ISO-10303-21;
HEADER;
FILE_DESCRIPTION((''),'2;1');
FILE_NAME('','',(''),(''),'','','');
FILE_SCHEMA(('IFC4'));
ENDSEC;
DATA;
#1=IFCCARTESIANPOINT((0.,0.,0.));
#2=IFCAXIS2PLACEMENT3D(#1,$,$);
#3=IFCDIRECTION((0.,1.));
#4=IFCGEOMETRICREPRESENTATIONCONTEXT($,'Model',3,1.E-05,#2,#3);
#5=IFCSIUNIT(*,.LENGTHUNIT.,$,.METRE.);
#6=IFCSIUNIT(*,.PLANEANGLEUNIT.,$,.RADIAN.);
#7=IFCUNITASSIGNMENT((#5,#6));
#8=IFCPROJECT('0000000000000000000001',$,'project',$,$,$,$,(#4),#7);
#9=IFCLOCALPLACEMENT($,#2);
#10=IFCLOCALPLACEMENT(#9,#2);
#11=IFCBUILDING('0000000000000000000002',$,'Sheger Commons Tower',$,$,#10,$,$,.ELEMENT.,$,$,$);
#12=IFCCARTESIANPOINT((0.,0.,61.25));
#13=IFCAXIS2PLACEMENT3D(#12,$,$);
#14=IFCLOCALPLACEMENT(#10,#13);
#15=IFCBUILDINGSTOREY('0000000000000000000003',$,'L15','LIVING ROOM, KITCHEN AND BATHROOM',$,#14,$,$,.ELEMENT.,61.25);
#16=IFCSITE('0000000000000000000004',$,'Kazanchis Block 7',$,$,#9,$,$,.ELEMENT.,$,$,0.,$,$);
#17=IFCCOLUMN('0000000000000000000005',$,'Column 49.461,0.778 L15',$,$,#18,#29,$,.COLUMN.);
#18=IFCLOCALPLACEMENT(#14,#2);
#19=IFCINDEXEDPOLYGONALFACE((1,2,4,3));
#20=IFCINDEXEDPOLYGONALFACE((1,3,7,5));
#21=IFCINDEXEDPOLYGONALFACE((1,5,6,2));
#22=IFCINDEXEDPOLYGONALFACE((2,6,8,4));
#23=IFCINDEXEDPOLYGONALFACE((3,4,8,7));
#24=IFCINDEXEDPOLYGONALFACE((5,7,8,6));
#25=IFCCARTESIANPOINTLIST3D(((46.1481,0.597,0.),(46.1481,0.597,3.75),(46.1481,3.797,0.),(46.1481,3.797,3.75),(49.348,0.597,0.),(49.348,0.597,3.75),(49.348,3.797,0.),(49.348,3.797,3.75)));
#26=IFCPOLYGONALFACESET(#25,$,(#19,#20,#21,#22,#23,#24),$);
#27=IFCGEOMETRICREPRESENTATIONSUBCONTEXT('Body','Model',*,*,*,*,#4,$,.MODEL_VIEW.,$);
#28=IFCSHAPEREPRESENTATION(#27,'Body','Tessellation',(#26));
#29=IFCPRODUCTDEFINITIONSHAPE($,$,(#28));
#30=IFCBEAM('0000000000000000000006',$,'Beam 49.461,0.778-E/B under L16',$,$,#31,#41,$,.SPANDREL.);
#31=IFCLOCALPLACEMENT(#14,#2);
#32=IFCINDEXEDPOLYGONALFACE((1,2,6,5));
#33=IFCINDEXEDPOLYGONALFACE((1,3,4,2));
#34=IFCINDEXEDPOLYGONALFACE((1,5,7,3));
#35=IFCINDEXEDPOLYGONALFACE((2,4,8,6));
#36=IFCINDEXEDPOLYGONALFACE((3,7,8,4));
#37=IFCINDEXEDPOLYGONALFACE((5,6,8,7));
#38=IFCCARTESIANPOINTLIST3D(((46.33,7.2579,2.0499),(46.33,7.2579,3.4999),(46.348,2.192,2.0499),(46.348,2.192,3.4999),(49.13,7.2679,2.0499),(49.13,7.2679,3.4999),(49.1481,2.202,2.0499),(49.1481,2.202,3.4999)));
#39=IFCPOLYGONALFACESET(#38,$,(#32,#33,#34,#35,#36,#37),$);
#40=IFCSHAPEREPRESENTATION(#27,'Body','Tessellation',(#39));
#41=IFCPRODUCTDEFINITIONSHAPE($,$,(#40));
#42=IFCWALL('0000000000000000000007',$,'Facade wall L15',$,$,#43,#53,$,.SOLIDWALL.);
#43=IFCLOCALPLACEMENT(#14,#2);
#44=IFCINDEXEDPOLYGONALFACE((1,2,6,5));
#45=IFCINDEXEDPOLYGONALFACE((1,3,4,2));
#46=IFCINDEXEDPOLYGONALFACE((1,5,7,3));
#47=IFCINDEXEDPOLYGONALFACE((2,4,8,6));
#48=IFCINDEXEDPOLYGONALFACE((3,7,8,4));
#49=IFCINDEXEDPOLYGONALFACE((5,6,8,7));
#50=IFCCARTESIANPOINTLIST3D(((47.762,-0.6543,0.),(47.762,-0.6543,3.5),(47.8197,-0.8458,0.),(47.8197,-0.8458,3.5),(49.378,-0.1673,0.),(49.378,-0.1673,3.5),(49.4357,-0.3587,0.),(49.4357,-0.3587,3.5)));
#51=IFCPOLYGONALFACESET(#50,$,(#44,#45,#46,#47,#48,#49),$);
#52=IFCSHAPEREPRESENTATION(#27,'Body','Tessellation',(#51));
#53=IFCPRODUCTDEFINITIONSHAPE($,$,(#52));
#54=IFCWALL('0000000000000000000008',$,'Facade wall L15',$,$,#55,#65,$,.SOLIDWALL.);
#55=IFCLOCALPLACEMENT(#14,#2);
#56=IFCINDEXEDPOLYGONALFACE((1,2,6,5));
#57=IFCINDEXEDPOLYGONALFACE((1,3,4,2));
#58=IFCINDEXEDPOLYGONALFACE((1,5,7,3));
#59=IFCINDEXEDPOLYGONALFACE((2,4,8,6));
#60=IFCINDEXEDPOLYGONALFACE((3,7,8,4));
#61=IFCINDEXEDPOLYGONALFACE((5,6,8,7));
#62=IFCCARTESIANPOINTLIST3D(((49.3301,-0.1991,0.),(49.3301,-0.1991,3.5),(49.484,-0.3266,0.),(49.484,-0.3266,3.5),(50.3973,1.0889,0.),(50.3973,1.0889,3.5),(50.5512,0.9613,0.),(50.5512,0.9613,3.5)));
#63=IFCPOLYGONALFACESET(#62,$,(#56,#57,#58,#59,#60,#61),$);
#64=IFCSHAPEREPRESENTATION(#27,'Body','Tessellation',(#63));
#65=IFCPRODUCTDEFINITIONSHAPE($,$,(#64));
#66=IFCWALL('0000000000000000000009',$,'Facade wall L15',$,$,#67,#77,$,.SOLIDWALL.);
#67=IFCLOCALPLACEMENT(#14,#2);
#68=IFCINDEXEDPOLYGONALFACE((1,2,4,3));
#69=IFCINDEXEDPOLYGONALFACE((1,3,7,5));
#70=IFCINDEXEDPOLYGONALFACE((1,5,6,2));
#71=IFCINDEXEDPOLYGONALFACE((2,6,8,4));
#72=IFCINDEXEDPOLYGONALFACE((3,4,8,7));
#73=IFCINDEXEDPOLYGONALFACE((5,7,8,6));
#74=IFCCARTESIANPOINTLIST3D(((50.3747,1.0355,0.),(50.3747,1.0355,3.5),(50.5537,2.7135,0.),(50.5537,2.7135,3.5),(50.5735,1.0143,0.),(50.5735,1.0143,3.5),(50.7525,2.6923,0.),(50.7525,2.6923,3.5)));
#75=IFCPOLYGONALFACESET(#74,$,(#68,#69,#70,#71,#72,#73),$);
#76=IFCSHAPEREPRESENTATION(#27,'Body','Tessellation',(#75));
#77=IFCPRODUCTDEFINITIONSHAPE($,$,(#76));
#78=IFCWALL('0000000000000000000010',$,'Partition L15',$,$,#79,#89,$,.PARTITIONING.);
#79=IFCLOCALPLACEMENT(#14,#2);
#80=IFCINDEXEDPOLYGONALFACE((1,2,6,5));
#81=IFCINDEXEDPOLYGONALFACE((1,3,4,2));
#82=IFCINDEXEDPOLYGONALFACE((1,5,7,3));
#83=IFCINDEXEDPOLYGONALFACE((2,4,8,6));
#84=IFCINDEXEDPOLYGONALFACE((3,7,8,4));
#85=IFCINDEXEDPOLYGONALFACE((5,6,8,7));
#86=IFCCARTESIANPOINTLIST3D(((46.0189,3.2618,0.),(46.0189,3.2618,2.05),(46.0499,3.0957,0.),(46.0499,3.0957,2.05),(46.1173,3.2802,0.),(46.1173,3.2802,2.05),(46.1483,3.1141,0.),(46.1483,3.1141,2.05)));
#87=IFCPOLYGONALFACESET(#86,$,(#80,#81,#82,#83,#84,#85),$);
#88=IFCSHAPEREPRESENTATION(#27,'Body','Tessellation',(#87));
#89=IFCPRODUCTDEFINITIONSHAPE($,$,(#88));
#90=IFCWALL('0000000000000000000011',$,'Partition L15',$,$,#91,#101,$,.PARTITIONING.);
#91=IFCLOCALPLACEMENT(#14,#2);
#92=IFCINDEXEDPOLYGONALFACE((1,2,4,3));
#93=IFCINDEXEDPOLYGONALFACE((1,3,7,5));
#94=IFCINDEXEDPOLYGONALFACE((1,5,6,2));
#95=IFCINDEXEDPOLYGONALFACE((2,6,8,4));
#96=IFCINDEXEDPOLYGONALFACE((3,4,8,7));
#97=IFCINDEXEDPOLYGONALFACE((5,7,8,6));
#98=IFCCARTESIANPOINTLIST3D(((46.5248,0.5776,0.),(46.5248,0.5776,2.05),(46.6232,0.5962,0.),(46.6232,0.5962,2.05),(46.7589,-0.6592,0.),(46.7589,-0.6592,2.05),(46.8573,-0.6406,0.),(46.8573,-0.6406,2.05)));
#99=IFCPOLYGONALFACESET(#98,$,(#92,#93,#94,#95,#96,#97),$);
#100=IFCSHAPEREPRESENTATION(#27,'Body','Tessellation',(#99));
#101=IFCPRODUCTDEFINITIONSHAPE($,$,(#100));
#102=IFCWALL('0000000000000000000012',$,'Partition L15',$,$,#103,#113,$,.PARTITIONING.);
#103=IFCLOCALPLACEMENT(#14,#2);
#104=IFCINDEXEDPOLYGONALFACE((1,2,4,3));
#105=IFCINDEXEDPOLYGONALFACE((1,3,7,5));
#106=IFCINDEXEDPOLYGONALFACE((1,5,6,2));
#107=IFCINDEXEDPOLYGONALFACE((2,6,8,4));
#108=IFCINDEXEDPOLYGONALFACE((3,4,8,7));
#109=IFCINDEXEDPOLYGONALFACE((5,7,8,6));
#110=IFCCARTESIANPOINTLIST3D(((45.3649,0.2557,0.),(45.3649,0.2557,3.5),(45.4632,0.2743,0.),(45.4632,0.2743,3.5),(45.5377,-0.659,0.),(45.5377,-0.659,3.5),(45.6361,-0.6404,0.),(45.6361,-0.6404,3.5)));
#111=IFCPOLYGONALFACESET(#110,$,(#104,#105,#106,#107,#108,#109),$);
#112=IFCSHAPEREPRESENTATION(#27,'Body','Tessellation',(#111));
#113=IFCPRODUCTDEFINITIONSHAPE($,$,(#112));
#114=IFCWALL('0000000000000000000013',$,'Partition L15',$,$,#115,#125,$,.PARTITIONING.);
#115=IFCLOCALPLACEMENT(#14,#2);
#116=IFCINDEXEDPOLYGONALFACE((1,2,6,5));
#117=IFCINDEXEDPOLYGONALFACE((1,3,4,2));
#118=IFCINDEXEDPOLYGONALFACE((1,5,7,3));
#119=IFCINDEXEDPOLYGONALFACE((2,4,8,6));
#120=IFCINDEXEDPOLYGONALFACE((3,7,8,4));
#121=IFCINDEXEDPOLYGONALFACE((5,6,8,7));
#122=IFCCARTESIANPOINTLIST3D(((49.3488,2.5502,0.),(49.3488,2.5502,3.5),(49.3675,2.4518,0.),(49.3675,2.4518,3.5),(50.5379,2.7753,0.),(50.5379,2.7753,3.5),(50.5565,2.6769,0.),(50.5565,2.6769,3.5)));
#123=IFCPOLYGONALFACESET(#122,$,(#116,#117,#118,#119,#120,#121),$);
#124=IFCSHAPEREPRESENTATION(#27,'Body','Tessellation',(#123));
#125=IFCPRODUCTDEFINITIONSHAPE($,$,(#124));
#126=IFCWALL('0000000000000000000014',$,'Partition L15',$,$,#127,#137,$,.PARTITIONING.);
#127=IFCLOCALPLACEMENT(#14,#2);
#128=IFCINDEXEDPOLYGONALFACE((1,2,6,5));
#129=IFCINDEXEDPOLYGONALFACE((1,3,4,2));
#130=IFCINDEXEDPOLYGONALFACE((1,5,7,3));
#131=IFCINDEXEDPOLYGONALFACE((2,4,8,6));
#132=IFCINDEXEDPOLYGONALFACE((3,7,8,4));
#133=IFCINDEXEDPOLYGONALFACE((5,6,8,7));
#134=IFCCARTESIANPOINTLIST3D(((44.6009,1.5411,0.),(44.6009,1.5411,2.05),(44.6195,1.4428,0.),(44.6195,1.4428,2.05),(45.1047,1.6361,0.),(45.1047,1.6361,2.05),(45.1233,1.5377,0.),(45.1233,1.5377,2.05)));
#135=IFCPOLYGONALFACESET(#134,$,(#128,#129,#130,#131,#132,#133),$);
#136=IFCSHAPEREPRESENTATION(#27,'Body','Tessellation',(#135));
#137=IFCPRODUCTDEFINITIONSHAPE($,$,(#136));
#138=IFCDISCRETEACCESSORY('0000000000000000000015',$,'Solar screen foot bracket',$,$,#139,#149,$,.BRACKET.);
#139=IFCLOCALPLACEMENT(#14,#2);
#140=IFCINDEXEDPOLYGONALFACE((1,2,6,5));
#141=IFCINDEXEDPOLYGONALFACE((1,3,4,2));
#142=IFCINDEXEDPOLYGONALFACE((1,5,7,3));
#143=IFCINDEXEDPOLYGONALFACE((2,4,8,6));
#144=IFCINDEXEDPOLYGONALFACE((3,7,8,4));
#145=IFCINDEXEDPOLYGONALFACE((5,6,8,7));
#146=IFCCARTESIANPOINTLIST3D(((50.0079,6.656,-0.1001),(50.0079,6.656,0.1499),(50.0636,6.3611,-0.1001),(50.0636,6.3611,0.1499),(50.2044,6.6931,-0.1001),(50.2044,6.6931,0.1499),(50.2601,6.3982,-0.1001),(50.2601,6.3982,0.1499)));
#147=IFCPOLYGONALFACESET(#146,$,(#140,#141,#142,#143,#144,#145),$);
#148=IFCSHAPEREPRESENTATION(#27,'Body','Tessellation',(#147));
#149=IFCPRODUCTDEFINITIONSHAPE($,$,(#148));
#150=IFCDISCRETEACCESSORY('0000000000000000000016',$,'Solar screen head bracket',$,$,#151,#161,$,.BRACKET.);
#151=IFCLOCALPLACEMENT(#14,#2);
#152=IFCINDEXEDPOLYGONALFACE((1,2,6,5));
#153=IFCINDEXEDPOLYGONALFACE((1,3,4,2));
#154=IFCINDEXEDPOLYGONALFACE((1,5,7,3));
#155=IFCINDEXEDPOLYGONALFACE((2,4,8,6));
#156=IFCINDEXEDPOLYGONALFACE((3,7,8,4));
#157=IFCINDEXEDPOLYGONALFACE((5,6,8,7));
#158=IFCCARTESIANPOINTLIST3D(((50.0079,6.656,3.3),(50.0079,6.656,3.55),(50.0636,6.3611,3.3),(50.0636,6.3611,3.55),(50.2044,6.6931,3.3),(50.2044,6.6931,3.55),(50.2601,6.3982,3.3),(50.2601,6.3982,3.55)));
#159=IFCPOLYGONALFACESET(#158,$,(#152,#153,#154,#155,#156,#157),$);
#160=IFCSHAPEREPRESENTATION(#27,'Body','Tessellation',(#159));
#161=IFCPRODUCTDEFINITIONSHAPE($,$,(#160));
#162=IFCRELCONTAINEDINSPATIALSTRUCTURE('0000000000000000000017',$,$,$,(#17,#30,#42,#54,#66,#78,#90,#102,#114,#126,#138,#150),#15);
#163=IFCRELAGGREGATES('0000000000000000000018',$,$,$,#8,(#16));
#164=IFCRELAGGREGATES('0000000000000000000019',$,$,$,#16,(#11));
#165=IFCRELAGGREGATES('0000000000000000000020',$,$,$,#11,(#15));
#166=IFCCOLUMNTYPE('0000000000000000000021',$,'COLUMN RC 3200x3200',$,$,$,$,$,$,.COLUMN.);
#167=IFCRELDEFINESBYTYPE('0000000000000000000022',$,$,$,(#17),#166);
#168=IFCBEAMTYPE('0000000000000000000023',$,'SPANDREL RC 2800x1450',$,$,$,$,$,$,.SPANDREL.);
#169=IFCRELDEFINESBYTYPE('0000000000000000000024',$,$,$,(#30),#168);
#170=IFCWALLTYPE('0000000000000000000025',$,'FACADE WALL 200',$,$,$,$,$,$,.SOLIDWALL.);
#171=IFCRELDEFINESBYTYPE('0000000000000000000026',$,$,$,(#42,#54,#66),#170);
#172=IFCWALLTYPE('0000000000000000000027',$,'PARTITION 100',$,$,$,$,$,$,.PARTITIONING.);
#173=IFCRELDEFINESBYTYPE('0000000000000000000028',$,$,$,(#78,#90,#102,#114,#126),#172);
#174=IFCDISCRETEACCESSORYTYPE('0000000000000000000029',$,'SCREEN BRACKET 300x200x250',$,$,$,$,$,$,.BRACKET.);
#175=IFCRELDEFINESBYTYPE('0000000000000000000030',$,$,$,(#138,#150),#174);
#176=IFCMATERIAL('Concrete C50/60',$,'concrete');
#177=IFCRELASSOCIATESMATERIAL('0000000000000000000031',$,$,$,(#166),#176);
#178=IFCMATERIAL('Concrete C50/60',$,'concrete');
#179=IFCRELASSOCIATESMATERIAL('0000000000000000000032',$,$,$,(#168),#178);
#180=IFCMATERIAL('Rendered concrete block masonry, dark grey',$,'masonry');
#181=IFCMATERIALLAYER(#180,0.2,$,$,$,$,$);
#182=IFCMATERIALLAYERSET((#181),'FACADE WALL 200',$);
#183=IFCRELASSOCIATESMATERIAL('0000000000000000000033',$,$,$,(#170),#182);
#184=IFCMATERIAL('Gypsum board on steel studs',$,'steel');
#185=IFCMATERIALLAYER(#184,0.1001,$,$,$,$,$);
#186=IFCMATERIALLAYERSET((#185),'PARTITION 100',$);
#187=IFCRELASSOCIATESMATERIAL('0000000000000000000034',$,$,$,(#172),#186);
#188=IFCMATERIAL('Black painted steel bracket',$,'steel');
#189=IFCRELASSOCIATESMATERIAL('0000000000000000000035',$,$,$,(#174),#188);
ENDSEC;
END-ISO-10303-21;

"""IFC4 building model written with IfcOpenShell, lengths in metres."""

from ifc_helpers import new_model, si_unit, direction, frame, frame_2d, origin, origin_2d, place, context, subcontext, project, spatial, rectangle, extrude, material, layer, layer_set, material_profile, profile_set, type_object, element, save


model = new_model("IFC4")

# Units and contexts
model_context = context("Model", 3, precision=1e-05, world=origin(), true_north=direction((0.0, 1.0)))
body_context = subcontext(model_context, "Body", "Model", "MODEL_VIEW")
ifc_project = project(units=[si_unit("LENGTHUNIT", "METRE"), si_unit("PLANEANGLEUNIT", "RADIAN")], contexts=[model_context])

# Site, building, storey
site_placement = place(None, origin())
site = spatial("IfcSite", under=ifc_project, at=site_placement, Name="Kazanchis Block 7", CompositionType="ELEMENT", RefElevation=0.0)
building_placement = place(site_placement, origin())
building = spatial("IfcBuilding", under=site, at=building_placement, Name="Sheger Commons Tower", CompositionType="ELEMENT")
storey_placement = place(building_placement, frame((0.0, 0.0, 61.25)))
storey = spatial("IfcBuildingStorey", under=building, at=storey_placement, Name="L15", Description="LIVING ROOM, KITCHEN AND BATHROOM", CompositionType="ELEMENT", Elevation=61.25)

# Column
ifc_material_1 = material(Name="Concrete C50/60", Category="concrete")
ifc_material_profile_1 = material_profile(ifc_material_1, rectangle(XDim=3.2, YDim=3.2, at=origin_2d()), Name="RC 3200x3200")
ifc_profile_set_1 = profile_set([ifc_material_profile_1], Name="Concrete C50/60")
column_type = type_object("IfcColumnType", Name="COLUMN RC 3200x3200", PredefinedType="COLUMN", material=ifc_profile_set_1)
column_placement = place(storey_placement, frame((47.748, 2.197, 0.0), z_axis=(0.0, 0.0, 1.0), x_axis=(1.0, 0.0, 0.0)))
element("IfcColumn", 1, at=column_placement, inside=storey, type_object=column_type, Name="Column 49.461,0.778 L15", PredefinedType="COLUMN", context=body_context, shape_type="SweptSolid", body=[
    extrude(rectangle(XDim=3.2, YDim=3.2, at=origin_2d()), origin(), (0.0, 0.0, 1.0), 3.75),
])

# Beam
ifc_material_2 = material(Name="Concrete C50/60", Category="concrete")
ifc_material_profile_2 = material_profile(ifc_material_2, rectangle(XDim=2.8, YDim=1.45, at=origin_2d()), Name="RC 2800x1450")
ifc_profile_set_2 = profile_set([ifc_material_profile_2], Name="Concrete C50/60")
beam_type = type_object("IfcBeamType", Name="SPANDREL RC 2800x1450", PredefinedType="SPANDREL", material=ifc_profile_set_2)
beam_placement = place(storey_placement, frame((47.748, 2.197, 2.7749), z_axis=(-0.003566, 0.999994, 0.0), x_axis=(-0.999994, -0.003566, 0.0)))
element("IfcBeam", 2, at=beam_placement, inside=storey, type_object=beam_type, Name="Beam 49.461,0.778-E/B under L16", PredefinedType="SPANDREL", context=body_context, shape_type="SweptSolid", body=[
    extrude(rectangle(XDim=2.8, YDim=1.45, at=origin_2d()), origin(), (0.0, 0.0, 1.0), 5.0659),
])

# Walls
ifc_material_3 = material(Name="Rendered concrete block masonry, dark grey", Category="masonry")
ifc_layer_1 = layer(ifc_material_3, 0.2)
ifc_layer_set_1 = layer_set([ifc_layer_1], Name="FACADE WALL 200")
wall_type_1 = type_object("IfcWallType", Name="FACADE WALL 200", PredefinedType="SOLIDWALL", material=ifc_layer_set_1)
wall_1_placement = place(storey_placement, frame((47.791, -0.75, 0.0), z_axis=(0.0, 0.0, 1.0), x_axis=(0.957455, 0.288582, 0.0)))
element("IfcWall", 3, at=wall_1_placement, inside=storey, type_object=wall_type_1, Name="Facade wall L15", PredefinedType="SOLIDWALL", context=body_context, shape_type="SweptSolid", body=[
    extrude(rectangle(XDim=1.6877, YDim=0.2, at=frame_2d((0.8438, 0.0))), origin(), (0.0, 0.0, 1.0), 3.5),
])
wall_2_placement = place(storey_placement, frame((49.407, -0.2629, 0.0), z_axis=(0.0, 0.0, 1.0), x_axis=(0.638043, 0.770001, 0.0)))
element("IfcWall", 4, at=wall_2_placement, inside=storey, type_object=wall_type_1, Name="Facade wall L15", PredefinedType="SOLIDWALL", context=body_context, shape_type="SweptSolid", body=[
    extrude(rectangle(XDim=1.6726, YDim=0.2, at=frame_2d((0.8364, 0.0))), origin(), (0.0, 0.0, 1.0), 3.5),
])
wall_3_placement = place(storey_placement, frame((50.4741, 1.0249, 0.0), z_axis=(0.0, 0.0, 1.0), x_axis=(0.106048, 0.994361, 0.0)))
element("IfcWall", 5, at=wall_3_placement, inside=storey, type_object=wall_type_1, Name="Facade wall L15", PredefinedType="SOLIDWALL", context=body_context, shape_type="SweptSolid", body=[
    extrude(rectangle(XDim=1.6875, YDim=0.2, at=frame_2d((0.8438, 0.0))), origin(), (0.0, 0.0, 1.0), 3.5),
])

# Walls
ifc_material_4 = material(Name="Gypsum board on steel studs", Category="steel")
ifc_layer_2 = layer(ifc_material_4, 0.1001)
ifc_layer_set_2 = layer_set([ifc_layer_2], Name="PARTITION 100")
wall_type_2 = type_object("IfcWallType", Name="PARTITION 100", PredefinedType="PARTITIONING", material=ifc_layer_set_2)
wall_4_placement = place(storey_placement, frame((46.0681, 3.271, 0.0), z_axis=(0.0, 0.0, 1.0), x_axis=(0.18359, -0.983003, 0.0)))
element("IfcWall", 6, at=wall_4_placement, inside=storey, type_object=wall_type_2, Name="Partition L15", PredefinedType="PARTITIONING", context=body_context, shape_type="SweptSolid", body=[
    extrude(rectangle(XDim=0.1689, YDim=0.1001, at=frame_2d((0.0845, 0.0))), origin(), (0.0, 0.0, 1.0), 2.05),
])
wall_5_placement = place(storey_placement, frame((46.574, 0.5869, 0.0), z_axis=(0.0, 0.0, 1.0), x_axis=(0.185998, -0.98255, 0.0)))
element("IfcWall", 7, at=wall_5_placement, inside=storey, type_object=wall_type_2, Name="Partition L15", PredefinedType="PARTITIONING", context=body_context, shape_type="SweptSolid", body=[
    extrude(rectangle(XDim=1.2588, YDim=0.1001, at=frame_2d((0.6294, 0.0))), origin(), (0.0, 0.0, 1.0), 2.05),
])
wall_6_placement = place(storey_placement, frame((45.4141, 0.2649, 0.0), z_axis=(0.0, 0.0, 1.0), x_axis=(0.185666, -0.982613, 0.0)))
element("IfcWall", 8, at=wall_6_placement, inside=storey, type_object=wall_type_2, Name="Partition L15", PredefinedType="PARTITIONING", context=body_context, shape_type="SweptSolid", body=[
    extrude(rectangle(XDim=0.9309, YDim=0.1001, at=frame_2d((0.4653, 0.0))), origin(), (0.0, 0.0, 1.0), 3.5),
])
wall_7_placement = place(storey_placement, frame((50.5471, 2.7261, 0.0), z_axis=(0.0, 0.0, 1.0), x_axis=(-0.982553, -0.185981, 0.0)))
element("IfcWall", 9, at=wall_7_placement, inside=storey, type_object=wall_type_2, Name="Partition L15", PredefinedType="PARTITIONING", context=body_context, shape_type="SweptSolid", body=[
    extrude(rectangle(XDim=1.2102, YDim=0.1001, at=frame_2d((0.605, 0.0))), origin(), (0.0, 0.0, 1.0), 3.5),
])
wall_8_placement = place(storey_placement, frame((45.114, 1.5869, 0.0), z_axis=(0.0, 0.0, 1.0), x_axis=(-0.982699, -0.185208, 0.0)))
element("IfcWall", 10, at=wall_8_placement, inside=storey, type_object=wall_type_2, Name="Partition L15", PredefinedType="PARTITIONING", context=body_context, shape_type="SweptSolid", body=[
    extrude(rectangle(XDim=0.5127, YDim=0.1001, at=frame_2d((0.2563, 0.0))), origin(), (0.0, 0.0, 1.0), 2.05),
])

# Discrete accessories
ifc_material_5 = material(Name="Black painted steel bracket", Category="steel")
discrete_accessory_type = type_object("IfcDiscreteAccessoryType", Name="SCREEN BRACKET 300x200x250", PredefinedType="BRACKET", material=ifc_material_5)
for number, where, z_axis, x_axis, name in (
    (11, (50.134, 6.5271, -0.1001), (0.0, 0.0, 1.0), (-0.185615, 0.982623, 0.0), "Solar screen foot bracket"),
    (12, (50.134, 6.5271, 3.3), (0.0, 0.0, 1.0), (-0.185615, 0.982623, 0.0), "Solar screen head bracket"),
):
    element("IfcDiscreteAccessory", number, at=place(storey_placement, frame(where, z_axis=z_axis, x_axis=x_axis)), inside=storey, type_object=discrete_accessory_type, Name=name, PredefinedType="BRACKET", context=body_context, shape_type="SweptSolid", body=[
        extrude(rectangle(XDim=0.3, YDim=0.2, at=origin_2d()), origin(), (0.0, 0.0, 1.0), 0.25),
    ])

save(model, "model.ifc")
